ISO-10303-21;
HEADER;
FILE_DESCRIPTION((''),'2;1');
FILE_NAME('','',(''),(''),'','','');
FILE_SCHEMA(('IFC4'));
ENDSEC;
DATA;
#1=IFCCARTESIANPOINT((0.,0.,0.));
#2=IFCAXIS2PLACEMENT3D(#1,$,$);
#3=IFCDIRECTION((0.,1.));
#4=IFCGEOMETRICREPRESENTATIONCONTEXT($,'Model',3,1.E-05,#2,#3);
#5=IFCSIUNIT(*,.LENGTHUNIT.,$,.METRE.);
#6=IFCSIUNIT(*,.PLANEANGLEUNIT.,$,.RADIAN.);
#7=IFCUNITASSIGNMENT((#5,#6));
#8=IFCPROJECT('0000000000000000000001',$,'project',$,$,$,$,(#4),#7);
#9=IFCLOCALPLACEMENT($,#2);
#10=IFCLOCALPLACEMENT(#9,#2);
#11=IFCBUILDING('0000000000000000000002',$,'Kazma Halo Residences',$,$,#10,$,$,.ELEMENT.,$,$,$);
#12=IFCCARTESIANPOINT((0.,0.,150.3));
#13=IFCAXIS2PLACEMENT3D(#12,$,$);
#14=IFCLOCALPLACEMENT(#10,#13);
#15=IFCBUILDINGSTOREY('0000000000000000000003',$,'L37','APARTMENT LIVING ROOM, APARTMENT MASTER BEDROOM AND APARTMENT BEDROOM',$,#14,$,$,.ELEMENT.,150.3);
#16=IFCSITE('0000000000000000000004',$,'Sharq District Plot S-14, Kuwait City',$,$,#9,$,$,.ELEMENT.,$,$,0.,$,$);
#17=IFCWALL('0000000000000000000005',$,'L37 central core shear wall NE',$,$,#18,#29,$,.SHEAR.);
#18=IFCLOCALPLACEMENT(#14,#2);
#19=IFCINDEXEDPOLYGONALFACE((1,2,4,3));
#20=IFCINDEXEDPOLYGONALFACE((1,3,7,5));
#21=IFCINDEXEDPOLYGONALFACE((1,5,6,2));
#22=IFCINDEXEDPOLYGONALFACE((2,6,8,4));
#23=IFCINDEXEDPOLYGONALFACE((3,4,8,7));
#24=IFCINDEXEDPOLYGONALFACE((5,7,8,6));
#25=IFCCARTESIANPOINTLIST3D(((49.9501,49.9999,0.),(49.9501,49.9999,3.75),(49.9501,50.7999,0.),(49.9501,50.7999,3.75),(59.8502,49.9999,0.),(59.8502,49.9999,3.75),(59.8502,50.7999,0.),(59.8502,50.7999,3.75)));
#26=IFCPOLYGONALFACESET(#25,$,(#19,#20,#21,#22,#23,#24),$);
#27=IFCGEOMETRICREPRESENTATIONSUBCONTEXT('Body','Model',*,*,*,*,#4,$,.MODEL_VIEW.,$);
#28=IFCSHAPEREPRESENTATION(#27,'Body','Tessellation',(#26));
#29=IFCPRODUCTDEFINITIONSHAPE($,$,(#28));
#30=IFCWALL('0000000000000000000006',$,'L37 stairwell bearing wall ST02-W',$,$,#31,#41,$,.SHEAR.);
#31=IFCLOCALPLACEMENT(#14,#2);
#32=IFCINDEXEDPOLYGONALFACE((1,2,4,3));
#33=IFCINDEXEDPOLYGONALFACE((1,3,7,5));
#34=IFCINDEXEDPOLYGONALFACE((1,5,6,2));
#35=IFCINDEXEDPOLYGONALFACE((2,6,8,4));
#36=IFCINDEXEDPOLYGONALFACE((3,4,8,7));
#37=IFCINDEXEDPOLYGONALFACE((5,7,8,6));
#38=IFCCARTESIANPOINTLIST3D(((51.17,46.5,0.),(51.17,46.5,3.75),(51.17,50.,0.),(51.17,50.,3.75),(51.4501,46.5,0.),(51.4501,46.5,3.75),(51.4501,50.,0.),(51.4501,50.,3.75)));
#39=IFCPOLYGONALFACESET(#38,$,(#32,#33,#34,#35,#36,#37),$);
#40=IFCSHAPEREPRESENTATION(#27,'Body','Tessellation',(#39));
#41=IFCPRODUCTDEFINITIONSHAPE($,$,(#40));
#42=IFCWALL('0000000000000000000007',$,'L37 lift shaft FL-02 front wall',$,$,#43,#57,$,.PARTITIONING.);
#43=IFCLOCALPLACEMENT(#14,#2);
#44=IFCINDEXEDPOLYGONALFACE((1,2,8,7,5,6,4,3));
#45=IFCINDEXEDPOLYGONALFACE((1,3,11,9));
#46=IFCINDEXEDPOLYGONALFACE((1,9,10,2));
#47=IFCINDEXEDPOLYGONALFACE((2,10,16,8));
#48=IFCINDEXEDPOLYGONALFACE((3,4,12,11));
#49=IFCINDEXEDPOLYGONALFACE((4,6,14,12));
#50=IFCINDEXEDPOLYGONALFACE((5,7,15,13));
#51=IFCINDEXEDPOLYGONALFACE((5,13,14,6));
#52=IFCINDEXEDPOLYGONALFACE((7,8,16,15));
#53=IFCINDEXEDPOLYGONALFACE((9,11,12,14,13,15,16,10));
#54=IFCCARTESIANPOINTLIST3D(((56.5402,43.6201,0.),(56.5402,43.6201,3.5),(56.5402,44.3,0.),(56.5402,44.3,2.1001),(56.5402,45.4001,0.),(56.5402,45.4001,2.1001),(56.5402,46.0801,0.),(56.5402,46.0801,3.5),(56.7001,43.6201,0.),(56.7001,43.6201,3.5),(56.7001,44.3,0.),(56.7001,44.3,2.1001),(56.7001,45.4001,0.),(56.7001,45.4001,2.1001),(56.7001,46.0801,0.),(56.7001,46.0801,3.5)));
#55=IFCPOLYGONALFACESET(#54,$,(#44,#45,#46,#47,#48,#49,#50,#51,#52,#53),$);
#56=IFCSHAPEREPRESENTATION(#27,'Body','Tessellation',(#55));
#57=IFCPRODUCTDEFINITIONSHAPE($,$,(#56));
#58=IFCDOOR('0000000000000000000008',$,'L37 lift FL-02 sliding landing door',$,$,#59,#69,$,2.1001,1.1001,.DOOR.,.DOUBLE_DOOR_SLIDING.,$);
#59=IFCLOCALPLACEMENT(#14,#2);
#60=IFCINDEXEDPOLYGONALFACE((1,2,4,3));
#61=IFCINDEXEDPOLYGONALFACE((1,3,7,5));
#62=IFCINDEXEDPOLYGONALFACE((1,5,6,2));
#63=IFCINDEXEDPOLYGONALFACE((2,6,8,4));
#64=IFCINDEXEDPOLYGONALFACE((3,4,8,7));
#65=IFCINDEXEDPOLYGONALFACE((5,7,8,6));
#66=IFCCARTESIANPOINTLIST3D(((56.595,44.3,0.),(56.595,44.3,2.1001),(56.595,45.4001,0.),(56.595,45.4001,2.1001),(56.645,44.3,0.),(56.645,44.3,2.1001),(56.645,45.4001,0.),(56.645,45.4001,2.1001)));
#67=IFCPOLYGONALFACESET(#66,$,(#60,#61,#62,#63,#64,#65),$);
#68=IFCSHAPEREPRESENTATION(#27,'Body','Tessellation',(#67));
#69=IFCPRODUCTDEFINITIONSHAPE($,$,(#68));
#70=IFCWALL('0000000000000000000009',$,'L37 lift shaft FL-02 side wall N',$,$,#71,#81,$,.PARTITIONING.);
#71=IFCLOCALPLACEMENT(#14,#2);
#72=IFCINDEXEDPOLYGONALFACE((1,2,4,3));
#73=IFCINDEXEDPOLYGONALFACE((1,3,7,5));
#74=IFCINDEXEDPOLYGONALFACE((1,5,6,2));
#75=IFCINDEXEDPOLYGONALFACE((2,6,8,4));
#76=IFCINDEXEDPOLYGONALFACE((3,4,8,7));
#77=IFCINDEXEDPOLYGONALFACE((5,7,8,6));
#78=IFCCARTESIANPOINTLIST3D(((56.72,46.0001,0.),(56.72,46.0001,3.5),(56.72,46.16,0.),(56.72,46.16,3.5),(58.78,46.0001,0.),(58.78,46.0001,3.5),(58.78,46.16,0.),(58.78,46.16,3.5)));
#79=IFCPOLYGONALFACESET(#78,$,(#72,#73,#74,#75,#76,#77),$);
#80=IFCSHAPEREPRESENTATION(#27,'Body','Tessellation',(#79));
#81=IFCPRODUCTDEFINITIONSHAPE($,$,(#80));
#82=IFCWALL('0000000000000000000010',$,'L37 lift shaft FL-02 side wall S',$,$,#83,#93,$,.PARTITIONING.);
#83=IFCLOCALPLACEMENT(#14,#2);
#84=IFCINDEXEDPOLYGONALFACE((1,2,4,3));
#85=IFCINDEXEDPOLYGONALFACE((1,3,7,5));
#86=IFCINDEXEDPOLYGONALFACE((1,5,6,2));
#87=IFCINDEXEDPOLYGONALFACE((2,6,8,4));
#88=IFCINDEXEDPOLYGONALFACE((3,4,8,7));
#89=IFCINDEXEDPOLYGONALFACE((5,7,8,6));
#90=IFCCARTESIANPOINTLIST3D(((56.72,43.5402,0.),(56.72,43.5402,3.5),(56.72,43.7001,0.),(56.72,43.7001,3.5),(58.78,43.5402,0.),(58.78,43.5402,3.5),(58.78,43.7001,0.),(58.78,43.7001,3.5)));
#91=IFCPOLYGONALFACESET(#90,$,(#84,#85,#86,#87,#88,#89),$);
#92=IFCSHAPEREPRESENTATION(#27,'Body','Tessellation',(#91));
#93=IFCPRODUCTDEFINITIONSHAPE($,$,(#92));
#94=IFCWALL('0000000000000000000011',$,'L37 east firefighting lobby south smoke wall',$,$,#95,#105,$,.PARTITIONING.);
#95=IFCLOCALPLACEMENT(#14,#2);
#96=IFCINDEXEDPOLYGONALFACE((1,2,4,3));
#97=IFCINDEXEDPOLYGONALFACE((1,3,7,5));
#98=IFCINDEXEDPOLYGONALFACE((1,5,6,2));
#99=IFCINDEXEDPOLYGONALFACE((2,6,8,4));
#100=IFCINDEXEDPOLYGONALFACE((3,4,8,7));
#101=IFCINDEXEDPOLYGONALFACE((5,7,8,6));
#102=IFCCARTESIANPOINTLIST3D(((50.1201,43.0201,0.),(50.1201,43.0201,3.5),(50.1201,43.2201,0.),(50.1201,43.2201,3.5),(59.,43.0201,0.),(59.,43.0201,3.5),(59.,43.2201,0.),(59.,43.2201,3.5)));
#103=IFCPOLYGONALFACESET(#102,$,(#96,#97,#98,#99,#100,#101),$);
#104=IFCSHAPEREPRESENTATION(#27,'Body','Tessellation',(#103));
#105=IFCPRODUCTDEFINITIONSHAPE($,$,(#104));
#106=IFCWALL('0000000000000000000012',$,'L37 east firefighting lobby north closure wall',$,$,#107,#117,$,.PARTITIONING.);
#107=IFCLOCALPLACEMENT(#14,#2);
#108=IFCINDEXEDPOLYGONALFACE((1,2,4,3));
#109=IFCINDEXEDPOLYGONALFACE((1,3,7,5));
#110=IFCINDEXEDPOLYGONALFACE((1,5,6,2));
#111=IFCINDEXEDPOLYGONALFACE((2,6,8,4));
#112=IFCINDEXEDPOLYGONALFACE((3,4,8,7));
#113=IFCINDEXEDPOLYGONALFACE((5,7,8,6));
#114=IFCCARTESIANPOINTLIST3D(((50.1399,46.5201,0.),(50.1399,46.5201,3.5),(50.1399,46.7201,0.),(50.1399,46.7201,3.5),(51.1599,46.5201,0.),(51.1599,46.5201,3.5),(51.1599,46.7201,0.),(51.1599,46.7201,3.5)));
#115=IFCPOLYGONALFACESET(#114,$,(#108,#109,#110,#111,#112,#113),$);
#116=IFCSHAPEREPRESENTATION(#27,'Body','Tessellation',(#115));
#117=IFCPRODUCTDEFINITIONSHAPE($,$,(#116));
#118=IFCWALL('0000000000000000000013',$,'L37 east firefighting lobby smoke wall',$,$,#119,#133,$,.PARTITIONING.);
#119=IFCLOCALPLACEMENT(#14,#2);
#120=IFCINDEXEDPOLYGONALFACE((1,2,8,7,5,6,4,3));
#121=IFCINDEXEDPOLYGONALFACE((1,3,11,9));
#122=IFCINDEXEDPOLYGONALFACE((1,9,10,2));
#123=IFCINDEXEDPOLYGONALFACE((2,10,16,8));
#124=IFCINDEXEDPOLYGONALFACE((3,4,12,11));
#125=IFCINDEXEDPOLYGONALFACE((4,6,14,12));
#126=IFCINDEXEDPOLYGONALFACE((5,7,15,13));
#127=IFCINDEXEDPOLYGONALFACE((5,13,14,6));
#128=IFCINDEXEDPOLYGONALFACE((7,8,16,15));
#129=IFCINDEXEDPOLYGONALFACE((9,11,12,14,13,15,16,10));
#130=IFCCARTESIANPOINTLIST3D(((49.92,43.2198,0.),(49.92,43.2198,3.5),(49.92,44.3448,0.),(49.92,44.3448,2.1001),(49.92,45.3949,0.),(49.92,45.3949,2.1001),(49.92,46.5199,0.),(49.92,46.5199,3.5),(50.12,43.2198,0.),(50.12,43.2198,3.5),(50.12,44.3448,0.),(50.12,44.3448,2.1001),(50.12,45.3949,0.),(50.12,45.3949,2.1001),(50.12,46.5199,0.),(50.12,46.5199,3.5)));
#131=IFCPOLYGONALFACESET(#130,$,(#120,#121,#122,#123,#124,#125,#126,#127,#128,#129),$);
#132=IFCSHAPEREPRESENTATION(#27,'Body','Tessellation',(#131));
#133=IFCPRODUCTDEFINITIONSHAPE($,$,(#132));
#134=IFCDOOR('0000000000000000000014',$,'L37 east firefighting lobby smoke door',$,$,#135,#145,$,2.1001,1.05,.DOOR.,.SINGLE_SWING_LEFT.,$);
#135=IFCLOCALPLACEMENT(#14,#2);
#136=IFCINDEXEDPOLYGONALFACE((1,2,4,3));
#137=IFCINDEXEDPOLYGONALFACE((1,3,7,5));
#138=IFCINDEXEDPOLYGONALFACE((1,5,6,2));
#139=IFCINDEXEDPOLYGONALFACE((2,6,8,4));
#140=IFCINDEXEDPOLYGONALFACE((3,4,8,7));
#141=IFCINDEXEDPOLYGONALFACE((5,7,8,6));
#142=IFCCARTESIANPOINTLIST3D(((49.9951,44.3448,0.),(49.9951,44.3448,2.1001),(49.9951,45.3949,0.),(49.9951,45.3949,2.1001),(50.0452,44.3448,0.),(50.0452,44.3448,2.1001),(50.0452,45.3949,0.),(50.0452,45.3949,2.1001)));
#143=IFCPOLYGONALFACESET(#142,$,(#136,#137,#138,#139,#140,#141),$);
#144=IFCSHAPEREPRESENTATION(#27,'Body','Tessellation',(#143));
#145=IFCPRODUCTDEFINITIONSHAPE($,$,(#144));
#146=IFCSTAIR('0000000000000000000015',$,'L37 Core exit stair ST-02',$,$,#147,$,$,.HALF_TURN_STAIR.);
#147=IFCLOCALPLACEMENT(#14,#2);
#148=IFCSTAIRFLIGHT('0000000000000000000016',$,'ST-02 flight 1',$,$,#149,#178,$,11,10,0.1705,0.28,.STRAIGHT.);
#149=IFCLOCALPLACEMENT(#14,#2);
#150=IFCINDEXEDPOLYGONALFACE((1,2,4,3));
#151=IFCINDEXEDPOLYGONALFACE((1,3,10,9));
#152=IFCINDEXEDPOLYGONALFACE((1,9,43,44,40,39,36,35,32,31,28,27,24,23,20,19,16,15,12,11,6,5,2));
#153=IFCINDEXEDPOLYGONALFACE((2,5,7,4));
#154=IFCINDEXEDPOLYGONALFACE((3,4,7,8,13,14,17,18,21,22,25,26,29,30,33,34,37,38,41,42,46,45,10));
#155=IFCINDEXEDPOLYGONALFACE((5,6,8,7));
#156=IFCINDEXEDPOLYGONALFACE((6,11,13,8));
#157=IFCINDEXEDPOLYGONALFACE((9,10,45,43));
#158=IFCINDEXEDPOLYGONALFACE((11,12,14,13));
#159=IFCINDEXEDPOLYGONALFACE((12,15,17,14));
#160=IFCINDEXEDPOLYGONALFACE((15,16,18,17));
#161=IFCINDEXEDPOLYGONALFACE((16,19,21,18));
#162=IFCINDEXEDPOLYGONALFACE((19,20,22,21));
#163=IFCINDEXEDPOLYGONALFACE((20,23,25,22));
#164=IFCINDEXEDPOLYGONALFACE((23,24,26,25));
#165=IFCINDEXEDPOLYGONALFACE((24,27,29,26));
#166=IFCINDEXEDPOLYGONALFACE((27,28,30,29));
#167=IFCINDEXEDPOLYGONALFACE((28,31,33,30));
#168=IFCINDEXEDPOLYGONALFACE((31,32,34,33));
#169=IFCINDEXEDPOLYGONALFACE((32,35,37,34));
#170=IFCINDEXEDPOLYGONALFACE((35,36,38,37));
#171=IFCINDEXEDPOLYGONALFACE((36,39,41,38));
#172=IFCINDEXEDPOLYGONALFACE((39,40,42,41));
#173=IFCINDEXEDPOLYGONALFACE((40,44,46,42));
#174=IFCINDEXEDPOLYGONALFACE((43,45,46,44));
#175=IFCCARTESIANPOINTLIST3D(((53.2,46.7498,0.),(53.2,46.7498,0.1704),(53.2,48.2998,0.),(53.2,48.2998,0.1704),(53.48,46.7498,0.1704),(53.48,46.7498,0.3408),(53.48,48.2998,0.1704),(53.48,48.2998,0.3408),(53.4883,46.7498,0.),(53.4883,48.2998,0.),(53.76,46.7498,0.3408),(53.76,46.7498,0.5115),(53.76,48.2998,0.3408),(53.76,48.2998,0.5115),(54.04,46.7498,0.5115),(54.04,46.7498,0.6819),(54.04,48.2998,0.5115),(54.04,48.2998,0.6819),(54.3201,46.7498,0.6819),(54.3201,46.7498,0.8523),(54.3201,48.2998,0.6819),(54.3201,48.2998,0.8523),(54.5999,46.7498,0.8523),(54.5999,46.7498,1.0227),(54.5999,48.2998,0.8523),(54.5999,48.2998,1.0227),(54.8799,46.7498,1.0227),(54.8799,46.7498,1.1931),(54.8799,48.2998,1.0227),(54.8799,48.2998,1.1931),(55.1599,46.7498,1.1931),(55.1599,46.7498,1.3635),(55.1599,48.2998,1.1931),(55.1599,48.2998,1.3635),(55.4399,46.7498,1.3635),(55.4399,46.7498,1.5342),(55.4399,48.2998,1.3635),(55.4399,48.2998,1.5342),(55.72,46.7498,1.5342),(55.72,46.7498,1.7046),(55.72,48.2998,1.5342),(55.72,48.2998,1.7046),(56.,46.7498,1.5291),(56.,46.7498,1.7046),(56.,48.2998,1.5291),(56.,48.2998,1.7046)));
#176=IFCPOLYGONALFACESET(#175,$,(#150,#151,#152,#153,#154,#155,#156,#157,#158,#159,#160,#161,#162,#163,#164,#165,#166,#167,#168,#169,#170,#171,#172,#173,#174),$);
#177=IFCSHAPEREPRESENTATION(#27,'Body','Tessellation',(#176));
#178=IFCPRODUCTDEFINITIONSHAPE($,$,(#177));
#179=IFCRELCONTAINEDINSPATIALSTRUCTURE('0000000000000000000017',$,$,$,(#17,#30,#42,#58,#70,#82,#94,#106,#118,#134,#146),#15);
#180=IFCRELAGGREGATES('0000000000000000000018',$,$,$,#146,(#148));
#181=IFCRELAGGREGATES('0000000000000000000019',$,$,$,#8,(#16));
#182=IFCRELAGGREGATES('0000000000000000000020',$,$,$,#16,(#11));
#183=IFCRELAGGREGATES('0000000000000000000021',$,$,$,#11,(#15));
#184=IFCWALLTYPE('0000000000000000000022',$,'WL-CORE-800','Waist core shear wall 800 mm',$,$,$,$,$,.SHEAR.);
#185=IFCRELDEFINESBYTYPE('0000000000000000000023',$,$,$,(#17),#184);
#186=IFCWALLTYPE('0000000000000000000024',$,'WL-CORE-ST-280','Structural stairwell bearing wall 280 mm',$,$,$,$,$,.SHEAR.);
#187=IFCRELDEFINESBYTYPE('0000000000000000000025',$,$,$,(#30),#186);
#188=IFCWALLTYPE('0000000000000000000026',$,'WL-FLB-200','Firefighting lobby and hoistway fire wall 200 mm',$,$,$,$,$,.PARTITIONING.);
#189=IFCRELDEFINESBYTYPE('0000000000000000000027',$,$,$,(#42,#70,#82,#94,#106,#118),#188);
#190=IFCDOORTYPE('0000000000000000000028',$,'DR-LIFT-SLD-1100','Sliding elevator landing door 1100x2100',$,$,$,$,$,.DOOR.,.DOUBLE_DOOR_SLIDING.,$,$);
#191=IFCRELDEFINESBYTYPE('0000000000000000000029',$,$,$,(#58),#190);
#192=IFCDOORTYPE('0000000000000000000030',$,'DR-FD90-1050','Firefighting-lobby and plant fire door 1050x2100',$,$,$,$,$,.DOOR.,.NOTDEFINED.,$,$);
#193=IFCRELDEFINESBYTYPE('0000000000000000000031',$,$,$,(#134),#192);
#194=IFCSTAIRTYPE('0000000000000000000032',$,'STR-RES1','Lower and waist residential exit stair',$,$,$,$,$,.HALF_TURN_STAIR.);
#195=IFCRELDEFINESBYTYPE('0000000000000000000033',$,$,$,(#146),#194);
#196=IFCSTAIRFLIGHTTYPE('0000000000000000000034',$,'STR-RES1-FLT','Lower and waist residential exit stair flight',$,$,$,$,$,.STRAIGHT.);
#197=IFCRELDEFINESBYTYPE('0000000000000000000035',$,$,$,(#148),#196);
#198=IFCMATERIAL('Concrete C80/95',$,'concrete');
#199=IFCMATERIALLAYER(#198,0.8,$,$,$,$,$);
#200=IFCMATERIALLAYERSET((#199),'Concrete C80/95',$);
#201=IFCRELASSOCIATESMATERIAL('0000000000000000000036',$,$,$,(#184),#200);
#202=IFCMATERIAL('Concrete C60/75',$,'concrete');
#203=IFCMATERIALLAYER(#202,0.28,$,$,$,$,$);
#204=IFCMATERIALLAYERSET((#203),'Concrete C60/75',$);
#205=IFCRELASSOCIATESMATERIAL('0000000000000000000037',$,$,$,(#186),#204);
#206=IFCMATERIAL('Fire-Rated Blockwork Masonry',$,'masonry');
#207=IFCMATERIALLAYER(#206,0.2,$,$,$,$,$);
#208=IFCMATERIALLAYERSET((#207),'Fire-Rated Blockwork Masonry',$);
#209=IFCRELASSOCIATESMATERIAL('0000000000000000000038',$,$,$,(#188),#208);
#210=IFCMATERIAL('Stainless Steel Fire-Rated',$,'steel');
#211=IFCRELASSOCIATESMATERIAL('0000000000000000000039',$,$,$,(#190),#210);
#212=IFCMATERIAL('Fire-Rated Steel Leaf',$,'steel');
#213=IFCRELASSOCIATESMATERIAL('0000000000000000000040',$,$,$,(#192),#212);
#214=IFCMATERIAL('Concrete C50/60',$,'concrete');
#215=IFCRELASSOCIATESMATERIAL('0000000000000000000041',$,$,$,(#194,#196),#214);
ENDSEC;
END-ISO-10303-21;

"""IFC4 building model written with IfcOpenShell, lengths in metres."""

from ifc_helpers import new_model, si_unit, direction, frame, frame_2d, origin, place, context, subcontext, project, spatial, polyline, rectangle, outline, extrude, material, layer, layer_set, type_object, element, fill, aggregate, save


model = new_model("IFC4")

# Units and contexts
model_context = context("Model", 3, precision=1e-05, world=origin(), true_north=direction((0.0, 1.0)))
body_context = subcontext(model_context, "Body", "Model", "MODEL_VIEW")
ifc_project = project(units=[si_unit("LENGTHUNIT", "METRE"), si_unit("PLANEANGLEUNIT", "RADIAN")], contexts=[model_context])

# Site, building, storey
site_placement = place(None, origin())
site = spatial("IfcSite", under=ifc_project, at=site_placement, Name="Sharq District Plot S-14, Kuwait City", CompositionType="ELEMENT", RefElevation=0.0)
building_placement = place(site_placement, origin())
building = spatial("IfcBuilding", under=site, at=building_placement, Name="Kazma Halo Residences", CompositionType="ELEMENT")
storey_placement = place(building_placement, frame((0.0, 0.0, 150.3)))
storey = spatial("IfcBuildingStorey", under=building, at=storey_placement, Name="L37", Description="APARTMENT LIVING ROOM, APARTMENT MASTER BEDROOM AND APARTMENT BEDROOM", CompositionType="ELEMENT", Elevation=150.3)

# Walls
ifc_material_1 = material(Name="Concrete C80/95", Category="concrete")
ifc_layer_1 = layer(ifc_material_1, 0.8)
ifc_layer_set_1 = layer_set([ifc_layer_1], Name="Concrete C80/95")
wall_type_1 = type_object("IfcWallType", Name="WL-CORE-800", Description="Waist core shear wall 800 mm", PredefinedType="SHEAR", material=ifc_layer_set_1)
wall_1_placement = place(storey_placement, frame((49.95, 50.3999, 0.0), z_axis=(0.0, 0.0, 1.0), x_axis=(1.0, 0.0, 0.0)))
element("IfcWall", 1, at=wall_1_placement, inside=storey, type_object=wall_type_1, Name="L37 central core shear wall NE", PredefinedType="SHEAR", context=body_context, shape_type="SweptSolid", body=[
    extrude(rectangle(XDim=9.9001, YDim=0.8, at=frame_2d((4.9502, 0.0))), origin(), (0.0, 0.0, 1.0), 3.75),
])
ifc_material_2 = material(Name="Concrete C60/75", Category="concrete")
ifc_layer_2 = layer(ifc_material_2, 0.28)
ifc_layer_set_2 = layer_set([ifc_layer_2], Name="Concrete C60/75")
wall_type_2 = type_object("IfcWallType", Name="WL-CORE-ST-280", Description="Structural stairwell bearing wall 280 mm", PredefinedType="SHEAR", material=ifc_layer_set_2)
wall_2_placement = place(storey_placement, frame((51.3101, 46.5, 0.0), z_axis=(0.0, 0.0, 1.0), x_axis=(0.0, 1.0, 0.0)))
element("IfcWall", 2, at=wall_2_placement, inside=storey, type_object=wall_type_2, Name="L37 stairwell bearing wall ST02-W", PredefinedType="SHEAR", context=body_context, shape_type="SweptSolid", body=[
    extrude(rectangle(XDim=3.5, YDim=0.28, at=frame_2d((1.75, 0.0))), origin(), (0.0, 0.0, 1.0), 3.75),
])

# Wall, opening, door
ifc_material_3 = material(Name="Fire-Rated Blockwork Masonry", Category="masonry")
ifc_layer_3 = layer(ifc_material_3, 0.2)
ifc_layer_set_3 = layer_set([ifc_layer_3], Name="Fire-Rated Blockwork Masonry")
wall_type_3 = type_object("IfcWallType", Name="WL-FLB-200", Description="Firefighting lobby and hoistway fire wall 200 mm", PredefinedType="PARTITIONING", material=ifc_layer_set_3)
wall_3_placement = place(storey_placement, frame((56.6201, 46.0801, 0.0), z_axis=(0.0, 0.0, 1.0), x_axis=(0.0, -1.0, 0.0)))
wall_3 = element("IfcWall", 3, at=wall_3_placement, inside=storey, type_object=wall_type_3, Name="L37 lift shaft FL-02 front wall", PredefinedType="PARTITIONING", context=body_context, shape_type="SweptSolid", body=[
    extrude(rectangle(XDim=2.46, YDim=0.1599, at=frame_2d((1.23, 0.0))), origin(), (0.0, 0.0, 1.0), 3.5),
])
opening_1_placement = place(wall_3_placement, frame((0.6799, 0.0, 0.0)))
opening_1 = element("IfcOpeningElement", 4, at=opening_1_placement, cuts=wall_3, PredefinedType="OPENING", context=body_context, shape_type="SweptSolid", body=[
    extrude(rectangle(XDim=1.1001, YDim=2.1001, at=frame_2d((0.55, 1.05))), frame((0.0, 0.0898, 0.0), z_axis=(0.0, -1.0, 0.0), x_axis=(1.0, 0.0, 0.0)), (0.0, 0.0, 1.0), 0.1799),
])
ifc_material_4 = material(Name="Stainless Steel Fire-Rated", Category="steel")
door_type_1 = type_object("IfcDoorType", Name="DR-LIFT-SLD-1100", Description="Sliding elevator landing door 1100x2100", OperationType="DOUBLE_DOOR_SLIDING", PredefinedType="DOOR", material=ifc_material_4)
door_1_placement = place(opening_1_placement, origin())
door_1 = element("IfcDoor", 5, at=door_1_placement, inside=storey, type_object=door_type_1, Name="L37 lift FL-02 sliding landing door", OperationType="DOUBLE_DOOR_SLIDING", OverallHeight=2.1001, OverallWidth=1.1001, PredefinedType="DOOR", context=body_context, shape_type="SweptSolid", body=[
    extrude(rectangle(XDim=1.1001, YDim=2.1001, at=frame_2d((0.55, 1.05))), frame((0.0, 0.0249, 0.0), z_axis=(0.0, -1.0, 0.0), x_axis=(1.0, 0.0, 0.0)), (0.0, 0.0, 1.0), 0.05),
])
fill(opening_1, door_1)

# Walls
for number, where, z_axis, x_axis, name in (
    (6, (56.72, 46.0801, 0.0), (0.0, 0.0, 1.0), (1.0, 0.0, 0.0), "L37 lift shaft FL-02 side wall N"),
    (7, (56.72, 43.6201, 0.0), (0.0, 0.0, 1.0), (1.0, 0.0, 0.0), "L37 lift shaft FL-02 side wall S"),
):
    element("IfcWall", number, at=place(storey_placement, frame(where, z_axis=z_axis, x_axis=x_axis)), inside=storey, type_object=wall_type_3, Name=name, PredefinedType="PARTITIONING", context=body_context, shape_type="SweptSolid", body=[
        extrude(rectangle(XDim=2.0601, YDim=0.1599, at=frame_2d((1.03, 0.0))), origin(), (0.0, 0.0, 1.0), 3.5),
    ])
wall_4_placement = place(storey_placement, frame((50.1201, 43.1201, 0.0), z_axis=(0.0, 0.0, 1.0), x_axis=(1.0, 0.0, 0.0)))
element("IfcWall", 8, at=wall_4_placement, inside=storey, type_object=wall_type_3, Name="L37 east firefighting lobby south smoke wall", PredefinedType="PARTITIONING", context=body_context, shape_type="SweptSolid", body=[
    extrude(rectangle(XDim=8.8799, YDim=0.2, at=frame_2d((4.4399, 0.0))), origin(), (0.0, 0.0, 1.0), 3.5),
])
wall_5_placement = place(storey_placement, frame((50.1399, 46.6201, 0.0), z_axis=(0.0, 0.0, 1.0), x_axis=(1.0, 0.0, 0.0)))
element("IfcWall", 9, at=wall_5_placement, inside=storey, type_object=wall_type_3, Name="L37 east firefighting lobby north closure wall", PredefinedType="PARTITIONING", context=body_context, shape_type="SweptSolid", body=[
    extrude(rectangle(XDim=1.02, YDim=0.2, at=frame_2d((0.51, 0.0))), origin(), (0.0, 0.0, 1.0), 3.5),
])

# Wall, opening, door
wall_6_placement = place(storey_placement, frame((50.02, 43.22, 0.0), z_axis=(0.0, 0.0, 1.0), x_axis=(0.0, 1.0, 0.0)))
wall_6 = element("IfcWall", 10, at=wall_6_placement, inside=storey, type_object=wall_type_3, Name="L37 east firefighting lobby smoke wall", PredefinedType="PARTITIONING", context=body_context, shape_type="SweptSolid", body=[
    extrude(rectangle(XDim=3.3, YDim=0.2, at=frame_2d((1.6499, 0.0))), origin(), (0.0, 0.0, 1.0), 3.5),
])
opening_2_placement = place(wall_6_placement, frame((1.125, 0.0, 0.0)))
opening_2 = element("IfcOpeningElement", 11, at=opening_2_placement, cuts=wall_6, PredefinedType="OPENING", context=body_context, shape_type="SweptSolid", body=[
    extrude(rectangle(XDim=1.05, YDim=2.1001, at=frame_2d((0.5249, 1.05))), frame((0.0, 0.1099, 0.0), z_axis=(0.0, -1.0, 0.0), x_axis=(1.0, 0.0, 0.0)), (0.0, 0.0, 1.0), 0.22),
])
ifc_material_5 = material(Name="Fire-Rated Steel Leaf", Category="steel")
door_type_2 = type_object("IfcDoorType", Name="DR-FD90-1050", Description="Firefighting-lobby and plant fire door 1050x2100", OperationType="NOTDEFINED", PredefinedType="DOOR", material=ifc_material_5)
door_2_placement = place(opening_2_placement, origin())
door_2 = element("IfcDoor", 12, at=door_2_placement, inside=storey, type_object=door_type_2, Name="L37 east firefighting lobby smoke door", OperationType="SINGLE_SWING_LEFT", OverallHeight=2.1001, OverallWidth=1.05, PredefinedType="DOOR", context=body_context, shape_type="SweptSolid", body=[
    extrude(rectangle(XDim=1.05, YDim=2.1001, at=frame_2d((0.5249, 1.05))), frame((0.0, 0.0249, 0.0), z_axis=(0.0, -1.0, 0.0), x_axis=(1.0, 0.0, 0.0)), (0.0, 0.0, 1.0), 0.05),
])
fill(opening_2, door_2)
ifc_material_6 = material(Name="Concrete C50/60", Category="concrete")

# Stair, stair flight
stair_type = type_object("IfcStairType", Name="STR-RES1", Description="Lower and waist residential exit stair", PredefinedType="HALF_TURN_STAIR", material=ifc_material_6)
stair_placement = place(storey_placement, origin())
stair = element("IfcStair", 13, at=stair_placement, inside=storey, type_object=stair_type, Name="L37 Core exit stair ST-02", PredefinedType="HALF_TURN_STAIR")
stair_flight_type = type_object("IfcStairFlightType", Name="STR-RES1-FLT", Description="Lower and waist residential exit stair flight", PredefinedType="STRAIGHT", material=ifc_material_6)
stair_flight_1_placement = place(storey_placement, frame((53.2, 47.5249, 0.0), z_axis=(0.0, 0.0, 1.0), x_axis=(1.0, 0.0, 0.0)))
stair_flight_1 = element("IfcStairFlight", 14, at=stair_flight_1_placement, type_object=stair_flight_type, Name="ST-02 flight 1", NumberOfRisers=11, NumberOfTreads=10, PredefinedType="STRAIGHT", RiserHeight=0.1705, TreadLength=0.28, context=body_context, shape_type="SweptSolid", body=[
    extrude(outline(polyline([(0.0, 0.0), (0.0, 0.1704), (0.28, 0.1704), (0.28, 0.3408), (0.5601, 0.3408), (0.5601, 0.5115), (0.8401, 0.5115), (0.8401, 0.6819), (1.1201, 0.6819), (1.1201, 0.8523), (1.3999, 0.8523), (1.3999, 1.0227), (1.6799, 1.0227), (1.6799, 1.1931), (1.96, 1.1931), (1.96, 1.3635), (2.24, 1.3635), (2.24, 1.5342), (2.52, 1.5342), (2.52, 1.7046), (2.8, 1.7046), (2.8, 1.875), (2.8, 1.5291), (0.2883, 0.0), (0.0, 0.0)])), frame((0.0, 0.7749, 0.0), z_axis=(0.0, -1.0, 0.0), x_axis=(1.0, 0.0, 0.0)), (0.0, 0.0, 1.0), 1.55),
])
aggregate(stair, [stair_flight_1])

save(model, "model.ifc")
